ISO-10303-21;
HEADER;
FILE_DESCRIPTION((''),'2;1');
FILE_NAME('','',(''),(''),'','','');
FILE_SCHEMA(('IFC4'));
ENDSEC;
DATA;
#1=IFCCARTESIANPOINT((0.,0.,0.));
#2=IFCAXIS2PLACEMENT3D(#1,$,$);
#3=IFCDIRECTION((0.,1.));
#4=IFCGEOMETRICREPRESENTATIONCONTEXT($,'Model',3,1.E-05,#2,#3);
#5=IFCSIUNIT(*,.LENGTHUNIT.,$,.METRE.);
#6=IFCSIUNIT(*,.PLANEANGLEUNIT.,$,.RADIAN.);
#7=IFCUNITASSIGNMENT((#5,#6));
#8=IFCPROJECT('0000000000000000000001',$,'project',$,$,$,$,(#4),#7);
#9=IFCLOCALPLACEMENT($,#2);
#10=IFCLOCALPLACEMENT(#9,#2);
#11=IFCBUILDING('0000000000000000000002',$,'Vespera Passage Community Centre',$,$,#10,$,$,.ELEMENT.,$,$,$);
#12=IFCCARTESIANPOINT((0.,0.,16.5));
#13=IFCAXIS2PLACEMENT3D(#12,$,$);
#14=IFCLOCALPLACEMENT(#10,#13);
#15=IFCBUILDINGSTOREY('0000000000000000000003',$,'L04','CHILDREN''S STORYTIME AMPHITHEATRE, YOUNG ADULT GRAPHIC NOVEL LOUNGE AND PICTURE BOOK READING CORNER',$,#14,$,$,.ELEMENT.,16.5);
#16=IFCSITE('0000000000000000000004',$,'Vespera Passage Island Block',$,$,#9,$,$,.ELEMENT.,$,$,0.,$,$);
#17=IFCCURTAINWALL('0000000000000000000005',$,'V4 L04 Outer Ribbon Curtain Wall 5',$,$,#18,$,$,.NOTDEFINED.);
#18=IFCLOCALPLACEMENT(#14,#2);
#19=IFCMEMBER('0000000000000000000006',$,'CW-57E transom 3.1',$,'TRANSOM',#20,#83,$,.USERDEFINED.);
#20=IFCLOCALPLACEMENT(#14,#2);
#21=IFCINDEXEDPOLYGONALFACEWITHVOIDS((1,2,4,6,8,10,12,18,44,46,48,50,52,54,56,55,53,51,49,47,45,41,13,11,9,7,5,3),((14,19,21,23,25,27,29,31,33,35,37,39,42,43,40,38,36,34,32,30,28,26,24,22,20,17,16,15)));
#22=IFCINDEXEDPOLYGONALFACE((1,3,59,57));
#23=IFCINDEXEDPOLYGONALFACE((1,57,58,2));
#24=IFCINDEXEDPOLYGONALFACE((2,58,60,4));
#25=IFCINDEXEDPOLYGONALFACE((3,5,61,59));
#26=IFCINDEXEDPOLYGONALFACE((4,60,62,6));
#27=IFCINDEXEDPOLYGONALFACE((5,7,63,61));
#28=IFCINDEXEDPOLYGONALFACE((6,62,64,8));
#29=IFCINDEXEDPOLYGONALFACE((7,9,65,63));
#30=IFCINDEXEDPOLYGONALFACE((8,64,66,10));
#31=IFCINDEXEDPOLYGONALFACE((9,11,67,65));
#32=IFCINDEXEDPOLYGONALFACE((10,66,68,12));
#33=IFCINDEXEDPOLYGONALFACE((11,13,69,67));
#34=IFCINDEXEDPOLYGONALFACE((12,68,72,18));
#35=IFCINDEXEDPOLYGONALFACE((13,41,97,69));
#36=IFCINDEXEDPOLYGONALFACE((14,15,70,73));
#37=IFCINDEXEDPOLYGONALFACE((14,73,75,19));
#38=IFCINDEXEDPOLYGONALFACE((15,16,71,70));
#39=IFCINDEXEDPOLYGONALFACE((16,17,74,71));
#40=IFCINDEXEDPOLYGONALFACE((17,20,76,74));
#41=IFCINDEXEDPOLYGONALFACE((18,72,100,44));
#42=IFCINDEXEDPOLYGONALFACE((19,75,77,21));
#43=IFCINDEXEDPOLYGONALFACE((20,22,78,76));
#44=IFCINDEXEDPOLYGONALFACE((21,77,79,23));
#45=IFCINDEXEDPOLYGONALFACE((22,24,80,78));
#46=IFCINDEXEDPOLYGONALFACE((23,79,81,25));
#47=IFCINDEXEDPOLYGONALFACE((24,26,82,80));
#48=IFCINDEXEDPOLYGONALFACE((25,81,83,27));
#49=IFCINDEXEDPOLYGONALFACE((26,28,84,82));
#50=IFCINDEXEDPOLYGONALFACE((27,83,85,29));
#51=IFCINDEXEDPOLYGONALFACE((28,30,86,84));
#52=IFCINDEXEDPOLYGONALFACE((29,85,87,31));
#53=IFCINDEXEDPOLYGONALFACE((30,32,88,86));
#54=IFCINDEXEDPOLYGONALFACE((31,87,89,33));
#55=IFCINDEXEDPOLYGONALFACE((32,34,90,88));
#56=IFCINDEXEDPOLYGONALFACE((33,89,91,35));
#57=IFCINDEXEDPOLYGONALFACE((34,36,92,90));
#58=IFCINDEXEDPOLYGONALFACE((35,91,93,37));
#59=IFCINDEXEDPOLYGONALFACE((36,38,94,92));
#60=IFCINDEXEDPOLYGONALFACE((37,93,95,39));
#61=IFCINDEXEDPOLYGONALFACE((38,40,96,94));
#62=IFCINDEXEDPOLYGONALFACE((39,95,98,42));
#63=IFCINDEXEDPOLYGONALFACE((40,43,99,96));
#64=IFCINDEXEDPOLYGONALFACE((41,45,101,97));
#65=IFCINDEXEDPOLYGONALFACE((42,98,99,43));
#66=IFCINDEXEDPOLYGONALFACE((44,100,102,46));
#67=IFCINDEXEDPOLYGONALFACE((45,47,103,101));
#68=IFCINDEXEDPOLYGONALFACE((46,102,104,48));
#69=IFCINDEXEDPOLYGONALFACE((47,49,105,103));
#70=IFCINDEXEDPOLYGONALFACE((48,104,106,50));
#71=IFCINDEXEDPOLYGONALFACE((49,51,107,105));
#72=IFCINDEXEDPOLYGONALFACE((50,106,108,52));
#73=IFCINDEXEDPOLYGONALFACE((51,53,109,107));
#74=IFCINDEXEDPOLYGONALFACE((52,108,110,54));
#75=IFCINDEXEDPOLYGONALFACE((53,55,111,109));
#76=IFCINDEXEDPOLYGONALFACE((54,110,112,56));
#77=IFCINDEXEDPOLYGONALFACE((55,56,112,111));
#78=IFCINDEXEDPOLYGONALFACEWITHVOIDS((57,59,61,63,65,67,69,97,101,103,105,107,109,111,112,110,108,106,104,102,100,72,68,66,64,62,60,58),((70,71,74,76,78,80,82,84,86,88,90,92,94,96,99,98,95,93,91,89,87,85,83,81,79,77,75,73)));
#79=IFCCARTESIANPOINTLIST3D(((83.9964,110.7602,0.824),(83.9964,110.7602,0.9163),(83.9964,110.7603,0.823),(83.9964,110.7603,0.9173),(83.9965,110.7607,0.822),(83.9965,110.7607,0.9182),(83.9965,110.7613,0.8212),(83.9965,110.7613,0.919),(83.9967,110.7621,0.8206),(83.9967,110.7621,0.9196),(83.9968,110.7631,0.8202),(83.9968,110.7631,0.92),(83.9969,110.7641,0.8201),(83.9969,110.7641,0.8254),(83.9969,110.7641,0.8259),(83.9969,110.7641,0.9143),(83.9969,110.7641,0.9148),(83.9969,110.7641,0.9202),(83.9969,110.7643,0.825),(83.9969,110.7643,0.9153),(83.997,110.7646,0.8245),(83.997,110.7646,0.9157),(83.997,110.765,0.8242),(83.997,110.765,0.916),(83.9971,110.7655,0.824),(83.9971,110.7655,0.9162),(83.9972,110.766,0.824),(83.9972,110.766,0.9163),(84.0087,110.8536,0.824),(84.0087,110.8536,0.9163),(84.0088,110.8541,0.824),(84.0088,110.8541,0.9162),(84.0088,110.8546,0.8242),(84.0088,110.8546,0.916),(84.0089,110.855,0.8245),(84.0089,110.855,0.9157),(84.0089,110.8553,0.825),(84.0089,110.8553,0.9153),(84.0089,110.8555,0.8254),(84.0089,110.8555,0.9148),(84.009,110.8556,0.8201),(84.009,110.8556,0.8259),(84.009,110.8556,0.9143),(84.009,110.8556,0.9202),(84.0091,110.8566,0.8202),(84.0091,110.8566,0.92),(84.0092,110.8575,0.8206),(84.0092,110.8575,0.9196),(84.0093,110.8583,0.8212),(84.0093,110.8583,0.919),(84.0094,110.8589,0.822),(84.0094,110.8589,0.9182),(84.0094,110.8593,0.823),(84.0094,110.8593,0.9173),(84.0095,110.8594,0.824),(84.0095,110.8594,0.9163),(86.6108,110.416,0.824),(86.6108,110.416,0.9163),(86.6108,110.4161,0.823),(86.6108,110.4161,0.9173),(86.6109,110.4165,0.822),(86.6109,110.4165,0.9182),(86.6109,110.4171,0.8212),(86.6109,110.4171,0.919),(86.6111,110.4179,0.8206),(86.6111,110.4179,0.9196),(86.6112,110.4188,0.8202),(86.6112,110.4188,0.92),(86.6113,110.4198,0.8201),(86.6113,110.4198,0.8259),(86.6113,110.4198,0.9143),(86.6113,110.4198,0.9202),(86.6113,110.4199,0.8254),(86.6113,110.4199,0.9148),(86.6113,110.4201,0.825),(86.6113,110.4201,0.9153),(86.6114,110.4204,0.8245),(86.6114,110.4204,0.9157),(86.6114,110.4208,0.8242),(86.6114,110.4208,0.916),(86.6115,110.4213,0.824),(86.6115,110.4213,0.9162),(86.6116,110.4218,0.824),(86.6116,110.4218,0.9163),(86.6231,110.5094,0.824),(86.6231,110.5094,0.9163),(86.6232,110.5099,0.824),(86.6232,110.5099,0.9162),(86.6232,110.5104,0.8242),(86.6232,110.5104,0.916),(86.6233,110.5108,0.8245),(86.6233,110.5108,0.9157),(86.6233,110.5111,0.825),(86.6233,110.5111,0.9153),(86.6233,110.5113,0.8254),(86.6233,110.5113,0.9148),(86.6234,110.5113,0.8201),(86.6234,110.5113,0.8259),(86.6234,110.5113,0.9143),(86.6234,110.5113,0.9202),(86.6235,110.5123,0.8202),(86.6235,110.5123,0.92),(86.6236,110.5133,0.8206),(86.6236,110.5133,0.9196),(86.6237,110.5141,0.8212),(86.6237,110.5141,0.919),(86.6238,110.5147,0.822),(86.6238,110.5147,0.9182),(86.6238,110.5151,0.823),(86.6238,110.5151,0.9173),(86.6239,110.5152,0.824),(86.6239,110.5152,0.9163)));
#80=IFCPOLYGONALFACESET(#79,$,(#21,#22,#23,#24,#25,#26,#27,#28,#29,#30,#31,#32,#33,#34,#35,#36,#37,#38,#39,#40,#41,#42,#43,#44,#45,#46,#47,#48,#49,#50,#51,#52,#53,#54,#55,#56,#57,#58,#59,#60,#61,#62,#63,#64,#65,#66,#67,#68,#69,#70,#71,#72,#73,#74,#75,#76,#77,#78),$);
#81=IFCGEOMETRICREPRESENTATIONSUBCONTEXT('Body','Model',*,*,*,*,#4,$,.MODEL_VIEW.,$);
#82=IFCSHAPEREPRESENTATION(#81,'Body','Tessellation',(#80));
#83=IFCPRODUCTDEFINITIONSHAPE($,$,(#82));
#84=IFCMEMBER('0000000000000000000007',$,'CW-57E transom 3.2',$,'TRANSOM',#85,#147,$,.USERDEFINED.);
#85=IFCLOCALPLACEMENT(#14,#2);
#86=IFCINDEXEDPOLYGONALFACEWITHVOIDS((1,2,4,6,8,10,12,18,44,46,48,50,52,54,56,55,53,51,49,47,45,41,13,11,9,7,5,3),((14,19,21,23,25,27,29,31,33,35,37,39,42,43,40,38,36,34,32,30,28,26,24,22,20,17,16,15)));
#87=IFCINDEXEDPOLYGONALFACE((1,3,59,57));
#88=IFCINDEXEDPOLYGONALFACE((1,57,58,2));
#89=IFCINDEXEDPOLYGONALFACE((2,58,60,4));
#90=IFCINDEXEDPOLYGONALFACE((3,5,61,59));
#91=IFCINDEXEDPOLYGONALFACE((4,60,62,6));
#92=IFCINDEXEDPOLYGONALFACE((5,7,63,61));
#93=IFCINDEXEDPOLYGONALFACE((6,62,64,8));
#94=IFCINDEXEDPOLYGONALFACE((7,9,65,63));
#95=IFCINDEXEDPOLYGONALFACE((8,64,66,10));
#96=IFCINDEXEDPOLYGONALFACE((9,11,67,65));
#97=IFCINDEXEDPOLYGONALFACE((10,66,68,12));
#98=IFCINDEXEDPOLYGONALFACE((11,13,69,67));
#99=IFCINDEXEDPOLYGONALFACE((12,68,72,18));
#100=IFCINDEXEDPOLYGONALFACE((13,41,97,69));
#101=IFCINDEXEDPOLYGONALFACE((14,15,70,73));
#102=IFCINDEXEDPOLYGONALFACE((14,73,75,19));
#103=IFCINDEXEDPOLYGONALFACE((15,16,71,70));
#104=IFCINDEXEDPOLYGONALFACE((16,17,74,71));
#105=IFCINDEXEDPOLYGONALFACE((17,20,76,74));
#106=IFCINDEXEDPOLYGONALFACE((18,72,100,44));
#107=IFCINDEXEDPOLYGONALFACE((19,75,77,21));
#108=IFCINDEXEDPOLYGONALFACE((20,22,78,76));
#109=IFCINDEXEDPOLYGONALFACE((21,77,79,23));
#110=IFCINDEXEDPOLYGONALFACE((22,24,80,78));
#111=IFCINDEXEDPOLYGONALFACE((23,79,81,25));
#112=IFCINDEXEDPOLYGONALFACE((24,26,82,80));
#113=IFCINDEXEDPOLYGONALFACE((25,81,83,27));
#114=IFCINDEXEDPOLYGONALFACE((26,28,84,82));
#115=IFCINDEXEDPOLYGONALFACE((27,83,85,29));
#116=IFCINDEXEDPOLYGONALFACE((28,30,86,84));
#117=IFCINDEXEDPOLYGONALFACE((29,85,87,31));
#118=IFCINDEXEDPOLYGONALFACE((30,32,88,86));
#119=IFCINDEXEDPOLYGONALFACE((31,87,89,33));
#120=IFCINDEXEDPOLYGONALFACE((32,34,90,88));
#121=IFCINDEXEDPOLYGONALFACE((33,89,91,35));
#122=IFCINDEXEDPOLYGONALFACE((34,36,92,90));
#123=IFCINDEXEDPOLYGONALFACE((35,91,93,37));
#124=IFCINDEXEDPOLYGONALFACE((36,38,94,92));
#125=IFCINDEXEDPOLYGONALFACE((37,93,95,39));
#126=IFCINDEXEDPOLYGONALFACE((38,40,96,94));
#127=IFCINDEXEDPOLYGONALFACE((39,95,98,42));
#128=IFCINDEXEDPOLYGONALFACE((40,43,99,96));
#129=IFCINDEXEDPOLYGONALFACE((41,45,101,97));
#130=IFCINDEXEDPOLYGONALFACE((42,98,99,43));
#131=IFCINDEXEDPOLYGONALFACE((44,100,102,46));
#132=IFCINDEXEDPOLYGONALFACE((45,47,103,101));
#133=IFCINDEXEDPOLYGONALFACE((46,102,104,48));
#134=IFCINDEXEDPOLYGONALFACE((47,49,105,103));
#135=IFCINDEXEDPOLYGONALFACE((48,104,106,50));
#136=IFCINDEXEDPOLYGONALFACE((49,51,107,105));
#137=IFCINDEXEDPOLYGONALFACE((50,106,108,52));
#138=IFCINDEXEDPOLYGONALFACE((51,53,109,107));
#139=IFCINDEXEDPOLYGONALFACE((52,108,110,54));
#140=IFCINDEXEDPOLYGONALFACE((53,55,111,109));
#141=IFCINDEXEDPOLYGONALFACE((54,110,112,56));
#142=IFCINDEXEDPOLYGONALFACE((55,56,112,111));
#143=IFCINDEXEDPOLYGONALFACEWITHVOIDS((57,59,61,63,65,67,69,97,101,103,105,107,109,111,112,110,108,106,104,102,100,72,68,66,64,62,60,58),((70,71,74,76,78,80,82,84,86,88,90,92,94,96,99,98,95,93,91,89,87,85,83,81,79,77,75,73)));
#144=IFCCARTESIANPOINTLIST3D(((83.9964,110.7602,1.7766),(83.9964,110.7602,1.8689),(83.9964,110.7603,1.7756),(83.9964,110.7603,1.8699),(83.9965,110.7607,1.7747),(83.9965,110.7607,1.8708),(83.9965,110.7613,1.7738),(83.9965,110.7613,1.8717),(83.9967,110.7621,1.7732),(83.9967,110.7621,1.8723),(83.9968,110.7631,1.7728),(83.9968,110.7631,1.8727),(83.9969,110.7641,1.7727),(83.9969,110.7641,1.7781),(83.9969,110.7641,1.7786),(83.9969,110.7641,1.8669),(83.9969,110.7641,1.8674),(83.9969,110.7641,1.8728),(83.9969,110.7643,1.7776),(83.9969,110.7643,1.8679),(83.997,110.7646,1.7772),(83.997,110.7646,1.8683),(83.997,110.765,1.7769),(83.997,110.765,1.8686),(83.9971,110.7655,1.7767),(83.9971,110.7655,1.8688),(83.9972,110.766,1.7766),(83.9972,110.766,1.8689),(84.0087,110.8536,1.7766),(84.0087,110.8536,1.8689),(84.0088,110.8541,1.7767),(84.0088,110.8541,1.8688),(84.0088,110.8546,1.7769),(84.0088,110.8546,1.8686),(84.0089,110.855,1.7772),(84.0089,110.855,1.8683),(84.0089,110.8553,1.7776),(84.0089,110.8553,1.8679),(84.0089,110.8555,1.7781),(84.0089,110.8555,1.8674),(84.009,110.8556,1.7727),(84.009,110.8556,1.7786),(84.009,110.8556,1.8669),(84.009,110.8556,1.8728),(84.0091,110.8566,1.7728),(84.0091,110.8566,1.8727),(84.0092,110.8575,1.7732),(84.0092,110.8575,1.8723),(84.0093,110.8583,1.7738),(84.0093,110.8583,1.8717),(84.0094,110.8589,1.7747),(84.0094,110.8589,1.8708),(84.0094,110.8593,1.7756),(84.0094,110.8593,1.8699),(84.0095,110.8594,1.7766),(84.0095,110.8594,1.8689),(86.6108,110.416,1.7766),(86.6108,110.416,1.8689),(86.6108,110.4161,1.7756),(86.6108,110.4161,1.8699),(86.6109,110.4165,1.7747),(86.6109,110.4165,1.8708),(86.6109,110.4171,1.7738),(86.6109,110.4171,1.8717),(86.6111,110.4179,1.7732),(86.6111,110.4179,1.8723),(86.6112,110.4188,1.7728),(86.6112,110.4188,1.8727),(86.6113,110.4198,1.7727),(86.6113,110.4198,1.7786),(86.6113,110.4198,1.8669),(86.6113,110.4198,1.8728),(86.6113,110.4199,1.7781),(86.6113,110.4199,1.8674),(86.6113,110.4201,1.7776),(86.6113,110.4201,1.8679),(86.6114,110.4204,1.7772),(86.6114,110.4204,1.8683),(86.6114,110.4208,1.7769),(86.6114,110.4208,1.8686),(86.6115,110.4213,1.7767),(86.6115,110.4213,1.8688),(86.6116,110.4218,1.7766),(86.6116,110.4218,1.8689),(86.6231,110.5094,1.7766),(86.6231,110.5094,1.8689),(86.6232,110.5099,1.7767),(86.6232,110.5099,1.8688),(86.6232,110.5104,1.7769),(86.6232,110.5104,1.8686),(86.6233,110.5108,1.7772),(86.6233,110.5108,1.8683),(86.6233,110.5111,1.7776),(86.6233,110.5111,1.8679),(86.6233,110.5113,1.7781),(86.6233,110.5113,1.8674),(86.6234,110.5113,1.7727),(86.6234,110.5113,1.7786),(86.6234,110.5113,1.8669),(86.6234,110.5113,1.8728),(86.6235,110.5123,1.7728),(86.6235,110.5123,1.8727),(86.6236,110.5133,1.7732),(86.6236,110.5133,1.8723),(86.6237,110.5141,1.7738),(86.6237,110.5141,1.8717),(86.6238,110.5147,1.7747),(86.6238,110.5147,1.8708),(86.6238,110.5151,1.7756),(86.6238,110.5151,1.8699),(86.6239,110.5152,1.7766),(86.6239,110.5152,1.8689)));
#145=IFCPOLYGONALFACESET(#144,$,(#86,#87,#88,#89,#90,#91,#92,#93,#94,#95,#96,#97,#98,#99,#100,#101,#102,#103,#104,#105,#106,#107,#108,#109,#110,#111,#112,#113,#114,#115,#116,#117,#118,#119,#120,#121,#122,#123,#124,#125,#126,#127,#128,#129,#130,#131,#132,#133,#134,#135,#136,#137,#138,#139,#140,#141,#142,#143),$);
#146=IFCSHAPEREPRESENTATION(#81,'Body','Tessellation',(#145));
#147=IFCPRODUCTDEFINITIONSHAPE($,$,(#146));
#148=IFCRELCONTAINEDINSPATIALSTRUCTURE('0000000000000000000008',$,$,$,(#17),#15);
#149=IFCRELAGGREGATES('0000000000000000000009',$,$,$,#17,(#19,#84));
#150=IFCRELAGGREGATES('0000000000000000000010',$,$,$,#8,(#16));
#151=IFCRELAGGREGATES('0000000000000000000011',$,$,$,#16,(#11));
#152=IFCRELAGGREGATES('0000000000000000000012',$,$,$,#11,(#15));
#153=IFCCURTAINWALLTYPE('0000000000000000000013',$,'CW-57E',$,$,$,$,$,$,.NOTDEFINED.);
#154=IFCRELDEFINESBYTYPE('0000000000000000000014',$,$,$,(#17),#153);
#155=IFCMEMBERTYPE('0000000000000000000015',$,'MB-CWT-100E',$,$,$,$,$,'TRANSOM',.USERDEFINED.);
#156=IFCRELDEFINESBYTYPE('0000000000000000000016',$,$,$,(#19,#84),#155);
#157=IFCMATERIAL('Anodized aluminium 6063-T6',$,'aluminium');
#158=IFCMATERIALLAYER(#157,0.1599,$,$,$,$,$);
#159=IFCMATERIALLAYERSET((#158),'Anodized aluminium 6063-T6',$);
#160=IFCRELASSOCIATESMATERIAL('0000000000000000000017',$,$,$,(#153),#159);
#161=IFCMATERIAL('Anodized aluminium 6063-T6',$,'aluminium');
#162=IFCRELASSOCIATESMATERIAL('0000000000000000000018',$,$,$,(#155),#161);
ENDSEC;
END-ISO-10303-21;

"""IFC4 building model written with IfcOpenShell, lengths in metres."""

from ifc_helpers import new_model, si_unit, direction, frame, origin, origin_2d, place, context, subcontext, project, spatial, hollow_rectangle, extrude, material, layer, layer_set, material_profile, profile_set, type_object, element, aggregate, save


model = new_model("IFC4")

# Units and contexts
model_context = context("Model", 3, precision=1e-05, world=origin(), true_north=direction((0.0, 1.0)))
body_context = subcontext(model_context, "Body", "Model", "MODEL_VIEW")
ifc_project = project(units=[si_unit("LENGTHUNIT", "METRE"), si_unit("PLANEANGLEUNIT", "RADIAN")], contexts=[model_context])

# Site, building, storey
site_placement = place(None, origin())
site = spatial("IfcSite", under=ifc_project, at=site_placement, Name="Vespera Passage Island Block", CompositionType="ELEMENT", RefElevation=0.0)
building_placement = place(site_placement, origin())
building = spatial("IfcBuilding", under=site, at=building_placement, Name="Vespera Passage Community Centre", CompositionType="ELEMENT")
storey_placement = place(building_placement, frame((0.0, 0.0, 16.5)))
storey = spatial("IfcBuildingStorey", under=building, at=storey_placement, Name="L04", Description="CHILDREN'S STORYTIME AMPHITHEATRE, YOUNG ADULT GRAPHIC NOVEL LOUNGE AND PICTURE BOOK READING CORNER", CompositionType="ELEMENT", Elevation=16.5)

# Curtain wall, members
ifc_material_1 = material(Name="Anodized aluminium 6063-T6", Category="aluminium")
ifc_layer_1 = layer(ifc_material_1, 0.1599)
ifc_layer_set_1 = layer_set([ifc_layer_1], Name="Anodized aluminium 6063-T6")
curtain_wall_type = type_object("IfcCurtainWallType", Name="CW-57E", PredefinedType="NOTDEFINED", material=ifc_layer_set_1)
curtain_wall_placement = place(storey_placement, origin())
curtain_wall = element("IfcCurtainWall", 1, at=curtain_wall_placement, inside=storey, type_object=curtain_wall_type, Name="V4 L04 Outer Ribbon Curtain Wall 5", PredefinedType="NOTDEFINED")
ifc_material_2 = material(Name="Anodized aluminium 6063-T6", Category="aluminium")
ifc_material_profile_1 = material_profile(ifc_material_2, hollow_rectangle(XDim=0.1001, YDim=0.1001, WallThickness=0.0039, InnerFilletRadius=0.002, OuterFilletRadius=0.0039, at=origin_2d()), Name="ALU100X100X4")
ifc_profile_set_1 = profile_set([ifc_material_profile_1], Name="Anodized aluminium 6063-T6")
member_type_1 = type_object("IfcMemberType", Name="MB-CWT-100E", ElementType="TRANSOM", PredefinedType="USERDEFINED", material=ifc_profile_set_1)
member_1_placement = place(storey_placement, frame((84.0029, 110.8098, 0.8701), z_axis=(0.991443, -0.130538, 0.0), x_axis=(0.130538, 0.991443, 0.0)))
member_1 = element("IfcMember", 2, at=member_1_placement, type_object=member_type_1, Name="CW-57E transom 3.1", ObjectType="TRANSOM", PredefinedType="USERDEFINED", context=body_context, shape_type="SweptSolid", body=[
    extrude(hollow_rectangle(XDim=0.1001, YDim=0.1001, WallThickness=0.0039, InnerFilletRadius=0.002, OuterFilletRadius=0.0039, at=origin_2d()), origin(), (0.0, 0.0, 1.0), 2.637),
])
member_2_placement = place(storey_placement, frame((84.0029, 110.8098, 1.8228), z_axis=(0.991443, -0.130538, 0.0), x_axis=(0.130538, 0.991443, 0.0)))
member_2 = element("IfcMember", 3, at=member_2_placement, type_object=member_type_1, Name="CW-57E transom 3.2", ObjectType="TRANSOM", PredefinedType="USERDEFINED", context=body_context, shape_type="SweptSolid", body=[
    extrude(hollow_rectangle(XDim=0.1001, YDim=0.1001, WallThickness=0.0039, InnerFilletRadius=0.002, OuterFilletRadius=0.0039, at=origin_2d()), origin(), (0.0, 0.0, 1.0), 2.637),
])
aggregate(curtain_wall, [member_1, member_2])

save(model, "model.ifc")
